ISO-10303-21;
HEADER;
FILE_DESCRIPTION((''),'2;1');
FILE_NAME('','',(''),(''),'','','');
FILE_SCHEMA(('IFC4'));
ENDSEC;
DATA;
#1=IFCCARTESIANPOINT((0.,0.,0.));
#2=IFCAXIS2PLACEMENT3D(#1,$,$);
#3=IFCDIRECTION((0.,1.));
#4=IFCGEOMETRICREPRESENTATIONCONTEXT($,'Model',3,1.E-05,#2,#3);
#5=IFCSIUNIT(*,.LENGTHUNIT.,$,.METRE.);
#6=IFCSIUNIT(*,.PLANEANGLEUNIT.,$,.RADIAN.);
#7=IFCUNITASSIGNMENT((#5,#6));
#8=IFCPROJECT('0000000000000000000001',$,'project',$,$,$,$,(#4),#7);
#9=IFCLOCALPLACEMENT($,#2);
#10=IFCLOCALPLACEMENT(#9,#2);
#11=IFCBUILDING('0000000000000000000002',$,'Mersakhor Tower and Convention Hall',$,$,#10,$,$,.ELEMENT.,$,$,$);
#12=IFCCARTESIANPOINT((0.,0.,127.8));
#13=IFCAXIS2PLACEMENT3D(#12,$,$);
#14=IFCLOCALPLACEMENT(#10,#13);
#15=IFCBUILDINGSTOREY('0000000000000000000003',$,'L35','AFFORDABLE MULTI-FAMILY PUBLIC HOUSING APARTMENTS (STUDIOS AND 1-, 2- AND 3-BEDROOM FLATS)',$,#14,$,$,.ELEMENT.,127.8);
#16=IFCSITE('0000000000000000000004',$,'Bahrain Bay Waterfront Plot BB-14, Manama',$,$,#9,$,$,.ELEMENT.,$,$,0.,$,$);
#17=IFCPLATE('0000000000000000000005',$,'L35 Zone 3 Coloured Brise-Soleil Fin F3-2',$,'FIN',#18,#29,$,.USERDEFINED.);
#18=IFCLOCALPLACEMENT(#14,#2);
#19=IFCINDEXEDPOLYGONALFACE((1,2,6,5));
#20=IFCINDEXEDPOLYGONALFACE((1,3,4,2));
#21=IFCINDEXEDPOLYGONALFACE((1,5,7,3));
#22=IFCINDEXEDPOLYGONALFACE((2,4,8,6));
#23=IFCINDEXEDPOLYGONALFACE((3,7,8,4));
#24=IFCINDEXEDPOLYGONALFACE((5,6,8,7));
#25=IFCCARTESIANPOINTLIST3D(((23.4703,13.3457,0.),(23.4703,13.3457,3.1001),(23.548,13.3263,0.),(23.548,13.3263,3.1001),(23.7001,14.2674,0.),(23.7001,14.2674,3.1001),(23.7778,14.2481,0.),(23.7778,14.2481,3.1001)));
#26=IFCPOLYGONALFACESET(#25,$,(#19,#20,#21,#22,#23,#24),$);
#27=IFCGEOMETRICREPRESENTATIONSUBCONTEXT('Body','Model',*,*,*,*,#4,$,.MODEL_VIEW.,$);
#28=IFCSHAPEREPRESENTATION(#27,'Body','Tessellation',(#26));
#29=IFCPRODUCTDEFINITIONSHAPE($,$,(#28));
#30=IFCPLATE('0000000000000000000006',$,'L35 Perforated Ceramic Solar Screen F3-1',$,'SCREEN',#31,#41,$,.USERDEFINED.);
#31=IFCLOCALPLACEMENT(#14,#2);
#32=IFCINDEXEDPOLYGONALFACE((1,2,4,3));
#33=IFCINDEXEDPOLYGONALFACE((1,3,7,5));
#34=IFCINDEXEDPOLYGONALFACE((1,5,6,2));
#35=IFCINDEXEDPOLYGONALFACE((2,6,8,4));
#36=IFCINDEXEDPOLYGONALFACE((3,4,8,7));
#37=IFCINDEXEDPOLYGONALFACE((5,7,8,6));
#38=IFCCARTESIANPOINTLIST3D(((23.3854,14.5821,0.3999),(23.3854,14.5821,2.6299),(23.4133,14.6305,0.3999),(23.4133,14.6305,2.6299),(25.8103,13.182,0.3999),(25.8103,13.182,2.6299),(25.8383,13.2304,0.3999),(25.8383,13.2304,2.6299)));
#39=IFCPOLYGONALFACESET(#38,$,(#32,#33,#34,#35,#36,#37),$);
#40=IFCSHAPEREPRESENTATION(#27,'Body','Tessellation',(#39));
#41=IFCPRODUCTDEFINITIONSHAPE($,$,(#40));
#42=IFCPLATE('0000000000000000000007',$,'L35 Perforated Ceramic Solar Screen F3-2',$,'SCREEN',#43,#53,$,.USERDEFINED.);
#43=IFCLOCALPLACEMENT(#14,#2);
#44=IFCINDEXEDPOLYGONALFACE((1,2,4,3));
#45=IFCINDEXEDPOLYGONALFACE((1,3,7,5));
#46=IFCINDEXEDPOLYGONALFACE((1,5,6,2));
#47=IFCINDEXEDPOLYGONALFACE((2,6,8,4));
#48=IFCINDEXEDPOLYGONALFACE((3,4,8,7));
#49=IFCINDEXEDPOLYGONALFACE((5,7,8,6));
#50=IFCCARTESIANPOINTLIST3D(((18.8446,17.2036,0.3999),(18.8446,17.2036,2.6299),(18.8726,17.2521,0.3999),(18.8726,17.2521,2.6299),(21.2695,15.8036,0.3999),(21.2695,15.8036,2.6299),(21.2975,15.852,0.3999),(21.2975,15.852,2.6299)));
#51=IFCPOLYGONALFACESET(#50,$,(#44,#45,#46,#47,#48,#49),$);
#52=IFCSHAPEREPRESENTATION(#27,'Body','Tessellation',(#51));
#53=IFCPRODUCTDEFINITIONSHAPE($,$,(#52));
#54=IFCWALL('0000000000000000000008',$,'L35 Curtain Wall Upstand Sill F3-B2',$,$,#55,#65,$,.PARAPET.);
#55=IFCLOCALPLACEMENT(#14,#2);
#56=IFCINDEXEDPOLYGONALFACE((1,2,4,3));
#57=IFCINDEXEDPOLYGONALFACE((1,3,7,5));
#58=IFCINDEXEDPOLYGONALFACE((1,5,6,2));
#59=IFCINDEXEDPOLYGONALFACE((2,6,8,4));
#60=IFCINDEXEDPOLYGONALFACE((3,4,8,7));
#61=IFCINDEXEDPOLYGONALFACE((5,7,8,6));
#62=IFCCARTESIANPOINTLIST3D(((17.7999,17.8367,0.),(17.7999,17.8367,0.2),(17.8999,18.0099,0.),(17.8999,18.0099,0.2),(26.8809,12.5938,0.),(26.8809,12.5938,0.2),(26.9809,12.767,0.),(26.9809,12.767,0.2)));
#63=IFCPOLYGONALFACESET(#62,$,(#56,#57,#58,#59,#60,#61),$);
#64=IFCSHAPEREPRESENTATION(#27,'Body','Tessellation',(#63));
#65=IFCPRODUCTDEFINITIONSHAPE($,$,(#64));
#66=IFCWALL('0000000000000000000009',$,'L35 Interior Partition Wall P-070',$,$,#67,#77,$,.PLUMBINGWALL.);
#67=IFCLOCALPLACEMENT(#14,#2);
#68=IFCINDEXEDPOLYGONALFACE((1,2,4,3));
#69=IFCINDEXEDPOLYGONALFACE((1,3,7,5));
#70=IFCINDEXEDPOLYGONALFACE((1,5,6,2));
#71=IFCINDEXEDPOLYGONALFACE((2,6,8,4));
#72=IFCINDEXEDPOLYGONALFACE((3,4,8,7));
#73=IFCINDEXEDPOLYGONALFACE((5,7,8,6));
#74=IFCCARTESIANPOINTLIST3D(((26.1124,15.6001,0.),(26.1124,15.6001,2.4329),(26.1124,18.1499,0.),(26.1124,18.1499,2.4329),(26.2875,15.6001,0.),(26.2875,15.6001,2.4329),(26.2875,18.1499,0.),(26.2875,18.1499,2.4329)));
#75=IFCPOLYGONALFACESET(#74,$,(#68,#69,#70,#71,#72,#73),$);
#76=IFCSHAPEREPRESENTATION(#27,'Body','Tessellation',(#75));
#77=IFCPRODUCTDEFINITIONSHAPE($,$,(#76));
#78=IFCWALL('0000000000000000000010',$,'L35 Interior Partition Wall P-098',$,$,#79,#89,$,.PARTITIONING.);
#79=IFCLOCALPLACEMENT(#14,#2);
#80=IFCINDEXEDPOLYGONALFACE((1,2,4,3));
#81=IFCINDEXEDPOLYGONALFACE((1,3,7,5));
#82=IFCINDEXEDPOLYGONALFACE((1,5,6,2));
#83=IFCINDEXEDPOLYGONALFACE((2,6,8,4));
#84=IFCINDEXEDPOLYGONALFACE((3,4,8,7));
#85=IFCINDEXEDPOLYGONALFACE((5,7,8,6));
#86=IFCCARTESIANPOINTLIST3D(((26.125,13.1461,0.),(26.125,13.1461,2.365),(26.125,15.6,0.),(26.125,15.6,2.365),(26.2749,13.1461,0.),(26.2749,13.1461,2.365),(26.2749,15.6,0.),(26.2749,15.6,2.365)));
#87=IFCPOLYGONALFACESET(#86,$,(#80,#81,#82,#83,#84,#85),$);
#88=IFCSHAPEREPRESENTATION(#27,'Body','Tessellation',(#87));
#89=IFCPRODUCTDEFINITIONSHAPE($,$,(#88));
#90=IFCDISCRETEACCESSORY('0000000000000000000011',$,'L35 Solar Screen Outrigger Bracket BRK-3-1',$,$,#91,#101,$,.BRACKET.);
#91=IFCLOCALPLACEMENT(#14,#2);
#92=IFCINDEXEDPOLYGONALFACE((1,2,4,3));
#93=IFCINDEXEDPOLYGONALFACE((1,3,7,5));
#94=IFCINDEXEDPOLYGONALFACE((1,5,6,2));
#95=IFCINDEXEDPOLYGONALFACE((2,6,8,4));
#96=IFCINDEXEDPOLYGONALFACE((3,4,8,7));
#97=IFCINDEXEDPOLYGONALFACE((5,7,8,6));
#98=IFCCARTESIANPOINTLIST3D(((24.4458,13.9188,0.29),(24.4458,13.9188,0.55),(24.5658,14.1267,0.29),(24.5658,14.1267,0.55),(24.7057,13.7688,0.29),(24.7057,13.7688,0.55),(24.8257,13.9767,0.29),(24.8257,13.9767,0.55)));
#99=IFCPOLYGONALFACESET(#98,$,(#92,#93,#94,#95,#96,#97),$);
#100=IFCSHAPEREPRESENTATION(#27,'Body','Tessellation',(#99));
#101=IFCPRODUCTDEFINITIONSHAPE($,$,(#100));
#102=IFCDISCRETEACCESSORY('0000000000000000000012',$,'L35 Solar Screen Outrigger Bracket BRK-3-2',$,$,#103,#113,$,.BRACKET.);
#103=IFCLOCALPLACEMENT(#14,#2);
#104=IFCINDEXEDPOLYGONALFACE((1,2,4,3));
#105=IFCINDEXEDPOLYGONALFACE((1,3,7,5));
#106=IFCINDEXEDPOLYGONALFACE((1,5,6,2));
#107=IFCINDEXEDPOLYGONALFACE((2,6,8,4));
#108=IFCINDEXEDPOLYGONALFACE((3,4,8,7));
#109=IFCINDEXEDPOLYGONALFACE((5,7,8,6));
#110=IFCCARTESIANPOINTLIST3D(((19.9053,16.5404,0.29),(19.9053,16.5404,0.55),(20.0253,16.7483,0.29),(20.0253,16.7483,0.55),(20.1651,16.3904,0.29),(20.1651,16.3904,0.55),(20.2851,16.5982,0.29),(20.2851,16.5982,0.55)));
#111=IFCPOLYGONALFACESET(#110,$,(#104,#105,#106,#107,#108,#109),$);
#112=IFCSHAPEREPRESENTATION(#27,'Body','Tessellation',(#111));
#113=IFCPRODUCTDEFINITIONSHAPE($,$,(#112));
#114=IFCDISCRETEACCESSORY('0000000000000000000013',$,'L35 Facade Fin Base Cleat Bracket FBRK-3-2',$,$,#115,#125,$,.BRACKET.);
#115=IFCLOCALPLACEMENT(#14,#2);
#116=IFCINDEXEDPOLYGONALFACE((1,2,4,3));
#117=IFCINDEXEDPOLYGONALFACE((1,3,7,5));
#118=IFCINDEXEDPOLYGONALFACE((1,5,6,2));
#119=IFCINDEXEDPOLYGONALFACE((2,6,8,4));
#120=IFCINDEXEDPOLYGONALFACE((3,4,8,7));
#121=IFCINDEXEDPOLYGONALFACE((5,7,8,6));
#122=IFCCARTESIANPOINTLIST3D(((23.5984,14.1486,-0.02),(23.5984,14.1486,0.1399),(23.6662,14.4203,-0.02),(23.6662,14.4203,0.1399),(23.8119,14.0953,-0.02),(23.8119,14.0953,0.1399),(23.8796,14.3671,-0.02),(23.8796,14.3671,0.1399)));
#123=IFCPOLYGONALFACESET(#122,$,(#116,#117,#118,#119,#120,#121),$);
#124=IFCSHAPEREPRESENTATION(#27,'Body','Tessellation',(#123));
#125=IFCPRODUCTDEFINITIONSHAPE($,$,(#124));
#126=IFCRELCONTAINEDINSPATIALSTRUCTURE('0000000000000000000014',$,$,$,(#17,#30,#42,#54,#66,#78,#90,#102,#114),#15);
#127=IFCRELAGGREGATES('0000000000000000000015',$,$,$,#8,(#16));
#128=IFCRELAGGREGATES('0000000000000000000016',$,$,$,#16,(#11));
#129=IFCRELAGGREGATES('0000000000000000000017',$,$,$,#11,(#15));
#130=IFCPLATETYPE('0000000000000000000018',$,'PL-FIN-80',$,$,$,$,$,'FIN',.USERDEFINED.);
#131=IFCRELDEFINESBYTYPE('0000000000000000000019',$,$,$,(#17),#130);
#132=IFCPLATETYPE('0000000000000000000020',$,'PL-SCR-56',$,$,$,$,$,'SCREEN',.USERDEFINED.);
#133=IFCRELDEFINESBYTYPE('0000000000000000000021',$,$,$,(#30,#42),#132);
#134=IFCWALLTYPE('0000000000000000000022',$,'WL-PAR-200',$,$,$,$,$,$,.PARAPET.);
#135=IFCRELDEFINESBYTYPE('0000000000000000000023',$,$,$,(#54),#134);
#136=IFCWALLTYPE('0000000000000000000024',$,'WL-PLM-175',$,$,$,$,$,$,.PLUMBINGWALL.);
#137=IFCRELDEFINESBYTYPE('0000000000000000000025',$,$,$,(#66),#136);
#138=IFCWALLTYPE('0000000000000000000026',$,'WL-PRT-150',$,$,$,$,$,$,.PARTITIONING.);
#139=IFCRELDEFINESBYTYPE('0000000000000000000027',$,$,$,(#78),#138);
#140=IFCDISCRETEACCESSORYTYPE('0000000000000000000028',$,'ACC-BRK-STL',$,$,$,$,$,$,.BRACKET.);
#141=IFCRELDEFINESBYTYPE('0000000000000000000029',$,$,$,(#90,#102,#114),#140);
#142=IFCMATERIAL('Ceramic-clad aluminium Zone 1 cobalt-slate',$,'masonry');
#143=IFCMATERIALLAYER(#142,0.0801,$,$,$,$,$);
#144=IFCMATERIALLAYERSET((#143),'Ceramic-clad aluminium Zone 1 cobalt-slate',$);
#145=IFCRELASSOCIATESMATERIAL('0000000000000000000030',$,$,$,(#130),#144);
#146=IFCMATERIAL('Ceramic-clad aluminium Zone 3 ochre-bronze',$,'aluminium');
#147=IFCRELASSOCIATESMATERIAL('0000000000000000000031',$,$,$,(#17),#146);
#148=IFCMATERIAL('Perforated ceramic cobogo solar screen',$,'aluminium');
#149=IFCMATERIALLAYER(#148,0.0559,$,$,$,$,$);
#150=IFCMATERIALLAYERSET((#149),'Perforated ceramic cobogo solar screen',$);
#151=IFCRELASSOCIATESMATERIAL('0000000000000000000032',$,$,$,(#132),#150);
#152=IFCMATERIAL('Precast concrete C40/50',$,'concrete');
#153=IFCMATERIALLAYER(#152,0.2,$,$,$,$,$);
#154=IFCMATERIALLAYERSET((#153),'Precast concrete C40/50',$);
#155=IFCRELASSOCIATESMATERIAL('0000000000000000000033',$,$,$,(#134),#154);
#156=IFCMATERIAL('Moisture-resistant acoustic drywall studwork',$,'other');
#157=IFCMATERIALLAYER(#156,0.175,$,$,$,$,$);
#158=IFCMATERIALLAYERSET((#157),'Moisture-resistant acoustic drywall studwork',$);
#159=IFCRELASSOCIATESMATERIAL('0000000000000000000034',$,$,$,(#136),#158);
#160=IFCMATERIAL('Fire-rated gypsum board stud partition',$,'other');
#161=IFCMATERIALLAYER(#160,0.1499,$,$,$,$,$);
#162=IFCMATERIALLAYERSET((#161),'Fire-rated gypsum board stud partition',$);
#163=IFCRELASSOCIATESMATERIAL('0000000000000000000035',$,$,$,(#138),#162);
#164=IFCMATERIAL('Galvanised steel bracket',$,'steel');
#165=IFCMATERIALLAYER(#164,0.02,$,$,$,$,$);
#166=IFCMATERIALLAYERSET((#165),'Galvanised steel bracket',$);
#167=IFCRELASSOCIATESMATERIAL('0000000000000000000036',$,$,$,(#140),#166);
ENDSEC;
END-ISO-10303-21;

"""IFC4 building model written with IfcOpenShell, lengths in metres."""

from ifc_helpers import new_model, si_unit, direction, frame, frame_2d, origin, origin_2d, place, context, subcontext, project, spatial, rectangle, extrude, material, layer, layer_set, type_object, element, save


model = new_model("IFC4")

# Units and contexts
model_context = context("Model", 3, precision=1e-05, world=origin(), true_north=direction((0.0, 1.0)))
body_context = subcontext(model_context, "Body", "Model", "MODEL_VIEW")
ifc_project = project(units=[si_unit("LENGTHUNIT", "METRE"), si_unit("PLANEANGLEUNIT", "RADIAN")], contexts=[model_context])

# Site, building, storey
site_placement = place(None, origin())
site = spatial("IfcSite", under=ifc_project, at=site_placement, Name="Bahrain Bay Waterfront Plot BB-14, Manama", CompositionType="ELEMENT", RefElevation=0.0)
building_placement = place(site_placement, origin())
building = spatial("IfcBuilding", under=site, at=building_placement, Name="Mersakhor Tower and Convention Hall", CompositionType="ELEMENT")
storey_placement = place(building_placement, frame((0.0, 0.0, 127.8)))
storey = spatial("IfcBuildingStorey", under=building, at=storey_placement, Name="L35", Description="AFFORDABLE MULTI-FAMILY PUBLIC HOUSING APARTMENTS (STUDIOS AND 1-, 2- AND 3-BEDROOM FLATS)", CompositionType="ELEMENT", Elevation=127.8)

# Plates
ifc_material_1 = material(Name="Ceramic-clad aluminium Zone 3 ochre-bronze", Category="aluminium")
ifc_material_2 = material(Name="Ceramic-clad aluminium Zone 1 cobalt-slate", Category="masonry")
ifc_layer_1 = layer(ifc_material_2, 0.0801)
ifc_layer_set_1 = layer_set([ifc_layer_1], Name="Ceramic-clad aluminium Zone 1 cobalt-slate")
plate_type_1 = type_object("IfcPlateType", Name="PL-FIN-80", ElementType="FIN", PredefinedType="USERDEFINED", material=ifc_layer_set_1)
plate_1_placement = place(storey_placement, frame((23.624, 13.7969, 0.0), z_axis=(0.0, 0.0, 1.0), x_axis=(-0.241922, -0.970296, 0.0)))
element("IfcPlate", 1, at=plate_1_placement, inside=storey, type_object=plate_type_1, material=ifc_material_1, Name="L35 Zone 3 Coloured Brise-Soleil Fin F3-2", ObjectType="FIN", PredefinedType="USERDEFINED", context=body_context, shape_type="SweptSolid", body=[
    extrude(rectangle(XDim=0.95, YDim=0.0801, at=origin_2d()), origin(), (0.0, 0.0, 1.0), 3.1001),
])
ifc_material_3 = material(Name="Perforated ceramic cobogo solar screen", Category="aluminium")
ifc_layer_2 = layer(ifc_material_3, 0.0559)
ifc_layer_set_2 = layer_set([ifc_layer_2], Name="Perforated ceramic cobogo solar screen")
plate_type_2 = type_object("IfcPlateType", Name="PL-SCR-56", ElementType="SCREEN", PredefinedType="USERDEFINED", material=ifc_layer_set_2)
for number, where, z_axis, x_axis, name in (
    (2, (24.6118, 13.9062, 0.3999), (0.0, 0.0, 1.0), (-0.866025, 0.5, 0.0), "L35 Perforated Ceramic Solar Screen F3-1"),
    (3, (20.071, 16.5278, 0.3999), (0.0, 0.0, 1.0), (-0.866025, 0.5, 0.0), "L35 Perforated Ceramic Solar Screen F3-2"),
):
    element("IfcPlate", number, at=place(storey_placement, frame(where, z_axis=z_axis, x_axis=x_axis)), inside=storey, type_object=plate_type_2, Name=name, ObjectType="SCREEN", PredefinedType="USERDEFINED", context=body_context, shape_type="SweptSolid", body=[
        extrude(rectangle(XDim=2.8, YDim=0.0559, at=origin_2d()), origin(), (0.0, 0.0, 1.0), 2.23),
    ])

# Walls
ifc_material_4 = material(Name="Precast concrete C40/50", Category="concrete")
ifc_layer_3 = layer(ifc_material_4, 0.2)
ifc_layer_set_3 = layer_set([ifc_layer_3], Name="Precast concrete C40/50")
wall_type_1 = type_object("IfcWallType", Name="WL-PAR-200", PredefinedType="PARAPET", material=ifc_layer_set_3)
wall_1_placement = place(storey_placement, frame((26.9309, 12.6804, 0.0), z_axis=(0.0, 0.0, 1.0), x_axis=(-0.866027, 0.499998, 0.0)))
element("IfcWall", 4, at=wall_1_placement, inside=storey, type_object=wall_type_1, Name="L35 Curtain Wall Upstand Sill F3-B2", PredefinedType="PARAPET", context=body_context, shape_type="SweptSolid", body=[
    extrude(rectangle(XDim=10.4858, YDim=0.2, at=frame_2d((5.2429, 0.0))), origin(), (0.0, 0.0, 1.0), 0.2),
])
ifc_material_5 = material(Name="Moisture-resistant acoustic drywall studwork", Category="other")
ifc_layer_4 = layer(ifc_material_5, 0.175)
ifc_layer_set_4 = layer_set([ifc_layer_4], Name="Moisture-resistant acoustic drywall studwork")
wall_type_2 = type_object("IfcWallType", Name="WL-PLM-175", PredefinedType="PLUMBINGWALL", material=ifc_layer_set_4)
wall_2_placement = place(storey_placement, frame((26.2, 15.6001, 0.0), z_axis=(0.0, 0.0, 1.0), x_axis=(0.0, 1.0, 0.0)))
element("IfcWall", 5, at=wall_2_placement, inside=storey, type_object=wall_type_2, Name="L35 Interior Partition Wall P-070", PredefinedType="PLUMBINGWALL", context=body_context, shape_type="SweptSolid", body=[
    extrude(rectangle(XDim=2.5498, YDim=0.175, at=frame_2d((1.2749, 0.0))), origin(), (0.0, 0.0, 1.0), 2.4329),
])
ifc_material_6 = material(Name="Fire-rated gypsum board stud partition", Category="other")
ifc_layer_5 = layer(ifc_material_6, 0.1499)
ifc_layer_set_5 = layer_set([ifc_layer_5], Name="Fire-rated gypsum board stud partition")
wall_type_3 = type_object("IfcWallType", Name="WL-PRT-150", PredefinedType="PARTITIONING", material=ifc_layer_set_5)
wall_3_placement = place(storey_placement, frame((26.2, 15.6001, 0.0), z_axis=(0.0, 0.0, 1.0), x_axis=(0.0, -1.0, 0.0)))
element("IfcWall", 6, at=wall_3_placement, inside=storey, type_object=wall_type_3, Name="L35 Interior Partition Wall P-098", PredefinedType="PARTITIONING", context=body_context, shape_type="SweptSolid", body=[
    extrude(rectangle(XDim=2.4539, YDim=0.1499, at=frame_2d((1.2271, 0.0))), origin(), (0.0, 0.0, 1.0), 2.365),
])

# Discrete accessories
ifc_material_7 = material(Name="Galvanised steel bracket", Category="steel")
ifc_layer_6 = layer(ifc_material_7, 0.02)
ifc_layer_set_6 = layer_set([ifc_layer_6], Name="Galvanised steel bracket")
discrete_accessory_type = type_object("IfcDiscreteAccessoryType", Name="ACC-BRK-STL", PredefinedType="BRACKET", material=ifc_layer_set_6)
for number, where, z_axis, x_axis, name in (
    (7, (24.6357, 13.9478, 0.29), (0.0, 0.0, 1.0), (-0.866025, 0.5, 0.0), "L35 Solar Screen Outrigger Bracket BRK-3-1"),
    (8, (20.0952, 16.5693, 0.29), (0.0, 0.0, 1.0), (-0.866025, 0.5, 0.0), "L35 Solar Screen Outrigger Bracket BRK-3-2"),
):
    element("IfcDiscreteAccessory", number, at=place(storey_placement, frame(where, z_axis=z_axis, x_axis=x_axis)), inside=storey, type_object=discrete_accessory_type, Name=name, PredefinedType="BRACKET", context=body_context, shape_type="SweptSolid", body=[
        extrude(rectangle(XDim=0.3, YDim=0.24, at=origin_2d()), origin(), (0.0, 0.0, 1.0), 0.26),
    ])
discrete_accessory_placement = place(storey_placement, frame((23.739, 14.2578, -0.02), z_axis=(0.0, 0.0, 1.0), x_axis=(-0.241922, -0.970296, 0.0)))
element("IfcDiscreteAccessory", 9, at=discrete_accessory_placement, inside=storey, type_object=discrete_accessory_type, Name="L35 Facade Fin Base Cleat Bracket FBRK-3-2", PredefinedType="BRACKET", context=body_context, shape_type="SweptSolid", body=[
    extrude(rectangle(XDim=0.28, YDim=0.22, at=origin_2d()), origin(), (0.0, 0.0, 1.0), 0.1599),
])

save(model, "model.ifc")
